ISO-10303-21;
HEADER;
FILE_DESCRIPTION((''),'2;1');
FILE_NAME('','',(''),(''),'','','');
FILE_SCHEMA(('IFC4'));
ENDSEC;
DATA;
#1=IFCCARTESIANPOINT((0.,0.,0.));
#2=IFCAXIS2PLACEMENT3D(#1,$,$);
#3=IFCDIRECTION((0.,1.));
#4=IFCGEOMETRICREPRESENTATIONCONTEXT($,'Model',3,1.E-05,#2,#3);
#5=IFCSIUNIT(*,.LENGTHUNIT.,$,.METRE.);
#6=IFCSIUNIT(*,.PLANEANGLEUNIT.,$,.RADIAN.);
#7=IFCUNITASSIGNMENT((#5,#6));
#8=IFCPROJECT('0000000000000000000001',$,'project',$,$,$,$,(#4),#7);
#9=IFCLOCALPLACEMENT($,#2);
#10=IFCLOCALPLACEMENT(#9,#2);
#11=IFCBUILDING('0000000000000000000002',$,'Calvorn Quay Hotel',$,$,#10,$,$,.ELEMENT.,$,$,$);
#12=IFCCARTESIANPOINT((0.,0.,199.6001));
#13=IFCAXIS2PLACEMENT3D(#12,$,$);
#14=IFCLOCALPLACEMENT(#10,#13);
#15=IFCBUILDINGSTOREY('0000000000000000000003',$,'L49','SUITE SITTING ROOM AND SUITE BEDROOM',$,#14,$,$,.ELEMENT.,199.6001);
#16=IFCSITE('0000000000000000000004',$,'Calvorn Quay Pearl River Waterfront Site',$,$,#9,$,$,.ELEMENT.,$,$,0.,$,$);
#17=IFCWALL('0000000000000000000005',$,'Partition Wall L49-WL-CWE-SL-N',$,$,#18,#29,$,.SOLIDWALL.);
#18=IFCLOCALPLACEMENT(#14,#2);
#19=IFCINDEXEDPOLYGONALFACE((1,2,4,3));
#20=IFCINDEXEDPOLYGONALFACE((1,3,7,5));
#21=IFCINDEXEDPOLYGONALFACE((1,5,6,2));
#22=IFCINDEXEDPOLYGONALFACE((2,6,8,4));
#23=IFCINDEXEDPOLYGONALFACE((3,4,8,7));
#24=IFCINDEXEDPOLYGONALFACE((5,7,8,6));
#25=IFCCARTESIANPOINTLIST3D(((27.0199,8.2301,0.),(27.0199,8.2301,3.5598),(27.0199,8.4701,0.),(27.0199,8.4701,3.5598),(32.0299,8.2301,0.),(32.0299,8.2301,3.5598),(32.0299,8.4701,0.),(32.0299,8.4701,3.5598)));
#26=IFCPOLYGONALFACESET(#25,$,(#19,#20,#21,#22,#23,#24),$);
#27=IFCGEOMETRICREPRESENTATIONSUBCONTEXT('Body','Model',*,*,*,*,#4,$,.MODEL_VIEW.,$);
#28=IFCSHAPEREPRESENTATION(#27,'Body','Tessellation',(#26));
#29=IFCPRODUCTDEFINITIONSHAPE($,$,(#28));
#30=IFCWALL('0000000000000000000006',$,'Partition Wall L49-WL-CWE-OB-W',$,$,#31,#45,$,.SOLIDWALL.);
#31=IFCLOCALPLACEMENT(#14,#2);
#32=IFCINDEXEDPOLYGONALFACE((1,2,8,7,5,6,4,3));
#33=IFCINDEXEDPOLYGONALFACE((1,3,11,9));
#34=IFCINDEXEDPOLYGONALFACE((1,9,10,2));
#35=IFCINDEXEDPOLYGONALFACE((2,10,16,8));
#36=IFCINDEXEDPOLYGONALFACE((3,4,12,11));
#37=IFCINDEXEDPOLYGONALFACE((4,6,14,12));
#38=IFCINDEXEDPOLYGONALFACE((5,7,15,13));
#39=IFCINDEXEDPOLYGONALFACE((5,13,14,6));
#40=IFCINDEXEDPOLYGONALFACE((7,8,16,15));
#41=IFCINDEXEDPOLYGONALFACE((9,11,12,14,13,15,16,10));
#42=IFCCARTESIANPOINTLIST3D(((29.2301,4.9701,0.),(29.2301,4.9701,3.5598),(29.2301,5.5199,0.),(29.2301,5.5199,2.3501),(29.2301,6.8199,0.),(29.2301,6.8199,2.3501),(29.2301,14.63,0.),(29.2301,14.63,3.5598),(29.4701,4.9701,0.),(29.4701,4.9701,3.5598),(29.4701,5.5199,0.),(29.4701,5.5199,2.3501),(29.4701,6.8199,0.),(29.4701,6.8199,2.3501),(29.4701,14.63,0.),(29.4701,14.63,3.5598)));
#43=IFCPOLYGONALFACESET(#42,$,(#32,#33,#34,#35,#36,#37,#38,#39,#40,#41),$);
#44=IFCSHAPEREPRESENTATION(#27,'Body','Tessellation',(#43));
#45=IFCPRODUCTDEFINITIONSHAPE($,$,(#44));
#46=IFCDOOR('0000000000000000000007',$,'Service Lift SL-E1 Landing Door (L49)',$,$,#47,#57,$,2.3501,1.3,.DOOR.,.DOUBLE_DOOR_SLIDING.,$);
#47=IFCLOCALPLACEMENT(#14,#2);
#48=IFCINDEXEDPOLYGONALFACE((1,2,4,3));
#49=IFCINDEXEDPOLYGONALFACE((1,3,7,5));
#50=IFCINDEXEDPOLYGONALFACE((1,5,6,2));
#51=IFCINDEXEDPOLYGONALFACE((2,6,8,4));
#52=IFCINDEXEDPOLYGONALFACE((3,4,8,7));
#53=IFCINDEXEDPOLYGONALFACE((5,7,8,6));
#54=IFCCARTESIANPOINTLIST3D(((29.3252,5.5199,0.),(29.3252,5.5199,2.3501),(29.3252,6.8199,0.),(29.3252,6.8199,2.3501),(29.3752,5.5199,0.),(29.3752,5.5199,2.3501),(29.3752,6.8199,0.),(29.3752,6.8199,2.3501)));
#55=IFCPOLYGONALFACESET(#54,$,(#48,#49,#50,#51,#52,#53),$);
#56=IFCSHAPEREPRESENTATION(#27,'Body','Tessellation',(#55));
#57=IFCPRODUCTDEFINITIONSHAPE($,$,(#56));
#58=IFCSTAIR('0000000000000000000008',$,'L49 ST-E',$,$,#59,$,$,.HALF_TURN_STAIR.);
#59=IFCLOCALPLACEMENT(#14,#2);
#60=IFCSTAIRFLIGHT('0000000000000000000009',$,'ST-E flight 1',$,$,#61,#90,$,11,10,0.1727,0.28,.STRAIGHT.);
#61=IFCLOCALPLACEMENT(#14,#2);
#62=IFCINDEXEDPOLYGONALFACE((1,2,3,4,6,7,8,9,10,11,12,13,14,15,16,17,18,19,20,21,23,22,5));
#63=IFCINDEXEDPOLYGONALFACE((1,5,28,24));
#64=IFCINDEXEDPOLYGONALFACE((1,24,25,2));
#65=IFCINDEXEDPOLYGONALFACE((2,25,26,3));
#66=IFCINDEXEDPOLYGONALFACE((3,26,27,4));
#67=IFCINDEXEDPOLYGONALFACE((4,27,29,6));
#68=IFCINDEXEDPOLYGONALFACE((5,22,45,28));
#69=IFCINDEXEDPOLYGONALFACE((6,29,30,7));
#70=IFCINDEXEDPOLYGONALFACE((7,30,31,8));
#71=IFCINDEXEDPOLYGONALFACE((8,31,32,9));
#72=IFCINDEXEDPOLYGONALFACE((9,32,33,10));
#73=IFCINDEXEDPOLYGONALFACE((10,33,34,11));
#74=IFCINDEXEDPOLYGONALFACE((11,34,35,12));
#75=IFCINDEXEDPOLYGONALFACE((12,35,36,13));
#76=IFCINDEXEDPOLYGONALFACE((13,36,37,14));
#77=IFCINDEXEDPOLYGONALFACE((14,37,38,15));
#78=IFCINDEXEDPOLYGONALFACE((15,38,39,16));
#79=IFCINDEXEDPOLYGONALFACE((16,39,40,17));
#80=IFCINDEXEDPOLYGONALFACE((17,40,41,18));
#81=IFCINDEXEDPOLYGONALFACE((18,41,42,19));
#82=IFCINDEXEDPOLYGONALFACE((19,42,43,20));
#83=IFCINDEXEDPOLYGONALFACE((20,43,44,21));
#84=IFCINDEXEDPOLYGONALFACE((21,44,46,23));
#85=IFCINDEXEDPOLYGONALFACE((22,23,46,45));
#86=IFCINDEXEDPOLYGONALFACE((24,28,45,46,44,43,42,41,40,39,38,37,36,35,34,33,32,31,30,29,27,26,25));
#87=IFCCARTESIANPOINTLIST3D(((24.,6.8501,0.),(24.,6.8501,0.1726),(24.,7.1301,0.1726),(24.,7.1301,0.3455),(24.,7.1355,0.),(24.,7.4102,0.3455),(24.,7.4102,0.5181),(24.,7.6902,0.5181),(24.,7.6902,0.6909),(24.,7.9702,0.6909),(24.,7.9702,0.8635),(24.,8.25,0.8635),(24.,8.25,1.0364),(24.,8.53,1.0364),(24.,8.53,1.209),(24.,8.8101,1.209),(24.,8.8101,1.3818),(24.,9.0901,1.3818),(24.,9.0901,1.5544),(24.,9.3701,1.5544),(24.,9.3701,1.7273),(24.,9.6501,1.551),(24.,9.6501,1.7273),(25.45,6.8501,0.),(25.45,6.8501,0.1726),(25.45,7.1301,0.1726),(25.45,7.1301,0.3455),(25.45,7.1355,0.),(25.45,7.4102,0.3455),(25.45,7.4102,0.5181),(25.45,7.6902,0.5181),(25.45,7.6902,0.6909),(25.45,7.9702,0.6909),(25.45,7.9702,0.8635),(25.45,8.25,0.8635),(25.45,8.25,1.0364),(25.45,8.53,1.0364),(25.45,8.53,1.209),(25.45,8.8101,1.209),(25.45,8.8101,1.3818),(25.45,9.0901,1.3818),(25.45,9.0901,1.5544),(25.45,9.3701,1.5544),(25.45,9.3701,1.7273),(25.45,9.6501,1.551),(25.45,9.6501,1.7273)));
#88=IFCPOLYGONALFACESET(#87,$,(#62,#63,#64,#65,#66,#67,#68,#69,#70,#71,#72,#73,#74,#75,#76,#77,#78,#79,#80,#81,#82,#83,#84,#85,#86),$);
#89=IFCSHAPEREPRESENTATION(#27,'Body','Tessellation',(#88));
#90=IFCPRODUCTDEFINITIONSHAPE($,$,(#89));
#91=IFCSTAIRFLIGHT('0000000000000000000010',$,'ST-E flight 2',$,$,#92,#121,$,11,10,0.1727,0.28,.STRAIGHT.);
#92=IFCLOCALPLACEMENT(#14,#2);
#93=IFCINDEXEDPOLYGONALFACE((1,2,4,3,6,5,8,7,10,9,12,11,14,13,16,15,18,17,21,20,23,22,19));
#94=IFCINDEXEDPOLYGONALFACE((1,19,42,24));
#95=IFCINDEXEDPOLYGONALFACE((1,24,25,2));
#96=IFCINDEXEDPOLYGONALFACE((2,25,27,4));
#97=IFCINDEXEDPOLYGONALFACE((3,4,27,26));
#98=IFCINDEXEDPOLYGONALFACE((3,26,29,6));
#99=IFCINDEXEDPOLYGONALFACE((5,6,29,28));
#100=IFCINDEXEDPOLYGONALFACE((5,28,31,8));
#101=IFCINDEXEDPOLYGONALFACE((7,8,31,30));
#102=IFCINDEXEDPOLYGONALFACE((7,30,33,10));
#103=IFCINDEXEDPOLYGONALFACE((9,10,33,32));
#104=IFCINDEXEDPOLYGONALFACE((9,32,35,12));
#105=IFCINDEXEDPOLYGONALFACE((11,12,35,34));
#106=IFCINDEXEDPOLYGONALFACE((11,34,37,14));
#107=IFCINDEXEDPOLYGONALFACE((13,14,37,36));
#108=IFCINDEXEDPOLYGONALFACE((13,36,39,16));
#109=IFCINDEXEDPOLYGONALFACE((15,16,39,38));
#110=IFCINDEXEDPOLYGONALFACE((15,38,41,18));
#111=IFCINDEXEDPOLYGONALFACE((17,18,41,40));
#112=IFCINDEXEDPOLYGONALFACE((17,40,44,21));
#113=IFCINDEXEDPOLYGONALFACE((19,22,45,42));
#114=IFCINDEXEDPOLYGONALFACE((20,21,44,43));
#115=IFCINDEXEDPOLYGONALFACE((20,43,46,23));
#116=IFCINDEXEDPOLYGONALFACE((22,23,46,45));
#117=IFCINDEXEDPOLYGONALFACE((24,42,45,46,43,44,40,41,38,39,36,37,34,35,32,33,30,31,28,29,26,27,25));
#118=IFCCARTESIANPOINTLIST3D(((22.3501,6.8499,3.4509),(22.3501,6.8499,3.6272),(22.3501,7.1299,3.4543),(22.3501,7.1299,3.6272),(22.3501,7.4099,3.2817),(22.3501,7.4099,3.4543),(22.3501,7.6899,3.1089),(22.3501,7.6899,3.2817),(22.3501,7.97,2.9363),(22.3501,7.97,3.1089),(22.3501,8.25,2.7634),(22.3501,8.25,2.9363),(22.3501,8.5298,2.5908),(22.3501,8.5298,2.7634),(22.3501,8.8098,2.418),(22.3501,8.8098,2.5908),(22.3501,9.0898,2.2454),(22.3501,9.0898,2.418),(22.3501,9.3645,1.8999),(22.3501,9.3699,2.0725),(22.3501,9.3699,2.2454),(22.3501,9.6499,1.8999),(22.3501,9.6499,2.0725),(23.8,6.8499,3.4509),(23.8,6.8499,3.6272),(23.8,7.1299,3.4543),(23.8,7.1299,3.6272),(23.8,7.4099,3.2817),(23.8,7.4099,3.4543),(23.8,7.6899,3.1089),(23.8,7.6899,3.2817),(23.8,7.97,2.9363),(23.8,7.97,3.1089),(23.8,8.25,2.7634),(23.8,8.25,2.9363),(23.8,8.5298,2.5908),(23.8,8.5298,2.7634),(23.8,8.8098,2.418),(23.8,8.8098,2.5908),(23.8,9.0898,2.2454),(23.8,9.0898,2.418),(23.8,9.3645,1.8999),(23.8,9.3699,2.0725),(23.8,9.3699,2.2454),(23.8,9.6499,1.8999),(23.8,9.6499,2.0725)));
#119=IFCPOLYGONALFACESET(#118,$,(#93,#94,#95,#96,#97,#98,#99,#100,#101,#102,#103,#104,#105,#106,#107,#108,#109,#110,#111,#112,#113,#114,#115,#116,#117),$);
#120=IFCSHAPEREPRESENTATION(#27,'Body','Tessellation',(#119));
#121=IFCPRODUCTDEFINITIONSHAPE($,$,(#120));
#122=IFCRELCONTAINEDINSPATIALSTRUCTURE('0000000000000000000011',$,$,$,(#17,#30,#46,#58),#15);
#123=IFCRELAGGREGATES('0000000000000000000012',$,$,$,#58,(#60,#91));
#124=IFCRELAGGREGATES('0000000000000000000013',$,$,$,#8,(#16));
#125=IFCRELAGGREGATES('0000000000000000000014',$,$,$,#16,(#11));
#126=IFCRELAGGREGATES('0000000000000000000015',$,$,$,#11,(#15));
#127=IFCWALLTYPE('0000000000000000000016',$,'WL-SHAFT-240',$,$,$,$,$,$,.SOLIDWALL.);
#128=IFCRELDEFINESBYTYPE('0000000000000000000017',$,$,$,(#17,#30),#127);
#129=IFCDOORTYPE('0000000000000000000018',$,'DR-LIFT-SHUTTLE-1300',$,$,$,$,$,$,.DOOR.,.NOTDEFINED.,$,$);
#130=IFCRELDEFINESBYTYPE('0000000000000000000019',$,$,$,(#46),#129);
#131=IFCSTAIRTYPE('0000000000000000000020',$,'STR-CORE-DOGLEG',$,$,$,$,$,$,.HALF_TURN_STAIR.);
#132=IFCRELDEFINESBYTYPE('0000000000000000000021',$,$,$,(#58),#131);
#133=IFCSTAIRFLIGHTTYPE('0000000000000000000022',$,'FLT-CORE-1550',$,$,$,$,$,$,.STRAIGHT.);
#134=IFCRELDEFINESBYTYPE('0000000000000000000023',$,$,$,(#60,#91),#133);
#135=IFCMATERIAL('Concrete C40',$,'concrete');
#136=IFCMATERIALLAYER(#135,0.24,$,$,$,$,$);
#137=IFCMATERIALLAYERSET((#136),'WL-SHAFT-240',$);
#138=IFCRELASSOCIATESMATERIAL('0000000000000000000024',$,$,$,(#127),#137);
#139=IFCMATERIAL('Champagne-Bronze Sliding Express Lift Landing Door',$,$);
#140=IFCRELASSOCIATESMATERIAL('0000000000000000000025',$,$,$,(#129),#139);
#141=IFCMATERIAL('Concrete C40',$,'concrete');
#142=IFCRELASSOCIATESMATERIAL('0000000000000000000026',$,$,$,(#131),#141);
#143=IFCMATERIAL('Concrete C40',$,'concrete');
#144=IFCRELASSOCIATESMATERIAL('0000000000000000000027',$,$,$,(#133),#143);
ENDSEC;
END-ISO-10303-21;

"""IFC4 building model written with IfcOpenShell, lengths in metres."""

from ifc_helpers import new_model, si_unit, direction, frame, frame_2d, origin, place, context, subcontext, project, spatial, polyline, rectangle, outline, extrude, material, layer, layer_set, type_object, element, fill, aggregate, save


model = new_model("IFC4")

# Units and contexts
model_context = context("Model", 3, precision=1e-05, world=origin(), true_north=direction((0.0, 1.0)))
body_context = subcontext(model_context, "Body", "Model", "MODEL_VIEW")
ifc_project = project(units=[si_unit("LENGTHUNIT", "METRE"), si_unit("PLANEANGLEUNIT", "RADIAN")], contexts=[model_context])

# Site, building, storey
site_placement = place(None, origin())
site = spatial("IfcSite", under=ifc_project, at=site_placement, Name="Calvorn Quay Pearl River Waterfront Site", CompositionType="ELEMENT", RefElevation=0.0)
building_placement = place(site_placement, origin())
building = spatial("IfcBuilding", under=site, at=building_placement, Name="Calvorn Quay Hotel", CompositionType="ELEMENT")
storey_placement = place(building_placement, frame((0.0, 0.0, 199.6001)))
storey = spatial("IfcBuildingStorey", under=building, at=storey_placement, Name="L49", Description="SUITE SITTING ROOM AND SUITE BEDROOM", CompositionType="ELEMENT", Elevation=199.6001)

# Shared definitions
ifc_material_1 = material(Name="Concrete C40", Category="concrete")
ifc_layer_1 = layer(ifc_material_1, 0.24)
ifc_layer_set_1 = layer_set([ifc_layer_1], Name="WL-SHAFT-240")
wall_type = type_object("IfcWallType", Name="WL-SHAFT-240", PredefinedType="SOLIDWALL", material=ifc_layer_set_1)

# Shared definitions
ifc_material_2 = material(Name="Champagne-Bronze Sliding Express Lift Landing Door")
door_type_1 = type_object("IfcDoorType", Name="DR-LIFT-SHUTTLE-1300", OperationType="NOTDEFINED", PredefinedType="DOOR", material=ifc_material_2)

# Wall
wall_1_placement = place(storey_placement, frame((27.02, 8.3501, 0.0), z_axis=(0.0, 0.0, 1.0), x_axis=(1.0, 0.0, 0.0)))
element("IfcWall", 1, at=wall_1_placement, inside=storey, type_object=wall_type, Name="Partition Wall L49-WL-CWE-SL-N", PredefinedType="SOLIDWALL", context=body_context, shape_type="SweptSolid", body=[
    extrude(rectangle(XDim=5.01, YDim=0.24, at=frame_2d((2.5049, 0.0))), origin(), (0.0, 0.0, 1.0), 3.5598),
])

# Wall, opening, door
wall_2_placement = place(storey_placement, frame((29.3501, 4.97, 0.0), z_axis=(0.0, 0.0, 1.0), x_axis=(0.0, 1.0, 0.0)))
wall_2 = element("IfcWall", 2, at=wall_2_placement, inside=storey, type_object=wall_type, Name="Partition Wall L49-WL-CWE-OB-W", PredefinedType="SOLIDWALL", context=body_context, shape_type="SweptSolid", body=[
    extrude(rectangle(XDim=9.6599, YDim=0.24, at=frame_2d((4.8301, 0.0))), origin(), (0.0, 0.0, 1.0), 3.5598),
])
opening_1_placement = place(wall_2_placement, frame((0.55, 0.0, 0.0)))
opening_1 = element("IfcOpeningElement", 3, at=opening_1_placement, cuts=wall_2, PredefinedType="OPENING", context=body_context, shape_type="SweptSolid", body=[
    extrude(rectangle(XDim=1.3, YDim=2.3501, at=frame_2d((0.6499, 1.175))), frame((0.0, 0.1299, 0.0), z_axis=(0.0, -1.0, 0.0), x_axis=(1.0, 0.0, 0.0)), (0.0, 0.0, 1.0), 0.26),
])
door_1_placement = place(opening_1_placement, origin())
door_1 = element("IfcDoor", 4, at=door_1_placement, inside=storey, type_object=door_type_1, Name="Service Lift SL-E1 Landing Door (L49)", OperationType="DOUBLE_DOOR_SLIDING", OverallHeight=2.3501, OverallWidth=1.3, PredefinedType="DOOR", context=body_context, shape_type="SweptSolid", body=[
    extrude(rectangle(XDim=1.3, YDim=2.3501, at=frame_2d((0.6499, 1.175))), frame((0.0, 0.0249, 0.0), z_axis=(0.0, -1.0, 0.0), x_axis=(1.0, 0.0, 0.0)), (0.0, 0.0, 1.0), 0.05),
])
fill(opening_1, door_1)

# Stair, stair flights
ifc_material_3 = material(Name="Concrete C40", Category="concrete")
stair_type = type_object("IfcStairType", Name="STR-CORE-DOGLEG", PredefinedType="HALF_TURN_STAIR", material=ifc_material_3)
stair_placement = place(storey_placement, origin())
stair = element("IfcStair", 5, at=stair_placement, inside=storey, type_object=stair_type, Name="L49 ST-E", PredefinedType="HALF_TURN_STAIR")
ifc_material_4 = material(Name="Concrete C40", Category="concrete")
stair_flight_type = type_object("IfcStairFlightType", Name="FLT-CORE-1550", PredefinedType="STRAIGHT", material=ifc_material_4)
stair_flight_1_placement = place(storey_placement, frame((24.7251, 6.8501, 0.0), z_axis=(0.0, 0.0, 1.0), x_axis=(0.0, 1.0, 0.0)))
stair_flight_1 = element("IfcStairFlight", 6, at=stair_flight_1_placement, type_object=stair_flight_type, Name="ST-E flight 1", NumberOfRisers=11, NumberOfTreads=10, PredefinedType="STRAIGHT", RiserHeight=0.1727, TreadLength=0.28, context=body_context, shape_type="SweptSolid", body=[
    extrude(outline(polyline([(0.0, 0.0), (0.0, 0.1726), (0.28, 0.1726), (0.28, 0.3455), (0.5601, 0.3455), (0.5601, 0.5181), (0.8401, 0.5181), (0.8401, 0.6909), (1.1201, 0.6909), (1.1201, 0.8635), (1.3999, 0.8635), (1.3999, 1.0364), (1.6799, 1.0364), (1.6799, 1.209), (1.96, 1.209), (1.96, 1.3818), (2.24, 1.3818), (2.24, 1.5544), (2.52, 1.5544), (2.52, 1.7273), (2.8, 1.7273), (2.8, 1.8999), (2.8, 1.551), (0.2854, 0.0), (0.0, 0.0)])), frame((0.0, 0.7251, 0.0), z_axis=(0.0, -1.0, 0.0), x_axis=(1.0, 0.0, 0.0)), (0.0, 0.0, 1.0), 1.45),
])
stair_flight_2_placement = place(storey_placement, frame((23.075, 9.6499, 1.8999), z_axis=(0.0, 0.0, 1.0), x_axis=(0.0, -1.0, 0.0)))
stair_flight_2 = element("IfcStairFlight", 7, at=stair_flight_2_placement, type_object=stair_flight_type, Name="ST-E flight 2", NumberOfRisers=11, NumberOfTreads=10, PredefinedType="STRAIGHT", RiserHeight=0.1727, TreadLength=0.28, context=body_context, shape_type="SweptSolid", body=[
    extrude(outline(polyline([(0.0, 0.0), (0.0, 0.1726), (0.28, 0.1726), (0.28, 0.3455), (0.5601, 0.3455), (0.5601, 0.5181), (0.8401, 0.5181), (0.8401, 0.6909), (1.1201, 0.6909), (1.1201, 0.8635), (1.3999, 0.8635), (1.3999, 1.0364), (1.6799, 1.0364), (1.6799, 1.209), (1.96, 1.209), (1.96, 1.3818), (2.24, 1.3818), (2.24, 1.5544), (2.52, 1.5544), (2.52, 1.7273), (2.8, 1.7273), (2.8, 1.8999), (2.8, 1.551), (0.2854, 0.0), (0.0, 0.0)])), frame((0.0, 0.7251, 0.0), z_axis=(0.0, -1.0, 0.0), x_axis=(1.0, 0.0, 0.0)), (0.0, 0.0, 1.0), 1.45),
])
aggregate(stair, [stair_flight_1, stair_flight_2])

save(model, "model.ifc")
